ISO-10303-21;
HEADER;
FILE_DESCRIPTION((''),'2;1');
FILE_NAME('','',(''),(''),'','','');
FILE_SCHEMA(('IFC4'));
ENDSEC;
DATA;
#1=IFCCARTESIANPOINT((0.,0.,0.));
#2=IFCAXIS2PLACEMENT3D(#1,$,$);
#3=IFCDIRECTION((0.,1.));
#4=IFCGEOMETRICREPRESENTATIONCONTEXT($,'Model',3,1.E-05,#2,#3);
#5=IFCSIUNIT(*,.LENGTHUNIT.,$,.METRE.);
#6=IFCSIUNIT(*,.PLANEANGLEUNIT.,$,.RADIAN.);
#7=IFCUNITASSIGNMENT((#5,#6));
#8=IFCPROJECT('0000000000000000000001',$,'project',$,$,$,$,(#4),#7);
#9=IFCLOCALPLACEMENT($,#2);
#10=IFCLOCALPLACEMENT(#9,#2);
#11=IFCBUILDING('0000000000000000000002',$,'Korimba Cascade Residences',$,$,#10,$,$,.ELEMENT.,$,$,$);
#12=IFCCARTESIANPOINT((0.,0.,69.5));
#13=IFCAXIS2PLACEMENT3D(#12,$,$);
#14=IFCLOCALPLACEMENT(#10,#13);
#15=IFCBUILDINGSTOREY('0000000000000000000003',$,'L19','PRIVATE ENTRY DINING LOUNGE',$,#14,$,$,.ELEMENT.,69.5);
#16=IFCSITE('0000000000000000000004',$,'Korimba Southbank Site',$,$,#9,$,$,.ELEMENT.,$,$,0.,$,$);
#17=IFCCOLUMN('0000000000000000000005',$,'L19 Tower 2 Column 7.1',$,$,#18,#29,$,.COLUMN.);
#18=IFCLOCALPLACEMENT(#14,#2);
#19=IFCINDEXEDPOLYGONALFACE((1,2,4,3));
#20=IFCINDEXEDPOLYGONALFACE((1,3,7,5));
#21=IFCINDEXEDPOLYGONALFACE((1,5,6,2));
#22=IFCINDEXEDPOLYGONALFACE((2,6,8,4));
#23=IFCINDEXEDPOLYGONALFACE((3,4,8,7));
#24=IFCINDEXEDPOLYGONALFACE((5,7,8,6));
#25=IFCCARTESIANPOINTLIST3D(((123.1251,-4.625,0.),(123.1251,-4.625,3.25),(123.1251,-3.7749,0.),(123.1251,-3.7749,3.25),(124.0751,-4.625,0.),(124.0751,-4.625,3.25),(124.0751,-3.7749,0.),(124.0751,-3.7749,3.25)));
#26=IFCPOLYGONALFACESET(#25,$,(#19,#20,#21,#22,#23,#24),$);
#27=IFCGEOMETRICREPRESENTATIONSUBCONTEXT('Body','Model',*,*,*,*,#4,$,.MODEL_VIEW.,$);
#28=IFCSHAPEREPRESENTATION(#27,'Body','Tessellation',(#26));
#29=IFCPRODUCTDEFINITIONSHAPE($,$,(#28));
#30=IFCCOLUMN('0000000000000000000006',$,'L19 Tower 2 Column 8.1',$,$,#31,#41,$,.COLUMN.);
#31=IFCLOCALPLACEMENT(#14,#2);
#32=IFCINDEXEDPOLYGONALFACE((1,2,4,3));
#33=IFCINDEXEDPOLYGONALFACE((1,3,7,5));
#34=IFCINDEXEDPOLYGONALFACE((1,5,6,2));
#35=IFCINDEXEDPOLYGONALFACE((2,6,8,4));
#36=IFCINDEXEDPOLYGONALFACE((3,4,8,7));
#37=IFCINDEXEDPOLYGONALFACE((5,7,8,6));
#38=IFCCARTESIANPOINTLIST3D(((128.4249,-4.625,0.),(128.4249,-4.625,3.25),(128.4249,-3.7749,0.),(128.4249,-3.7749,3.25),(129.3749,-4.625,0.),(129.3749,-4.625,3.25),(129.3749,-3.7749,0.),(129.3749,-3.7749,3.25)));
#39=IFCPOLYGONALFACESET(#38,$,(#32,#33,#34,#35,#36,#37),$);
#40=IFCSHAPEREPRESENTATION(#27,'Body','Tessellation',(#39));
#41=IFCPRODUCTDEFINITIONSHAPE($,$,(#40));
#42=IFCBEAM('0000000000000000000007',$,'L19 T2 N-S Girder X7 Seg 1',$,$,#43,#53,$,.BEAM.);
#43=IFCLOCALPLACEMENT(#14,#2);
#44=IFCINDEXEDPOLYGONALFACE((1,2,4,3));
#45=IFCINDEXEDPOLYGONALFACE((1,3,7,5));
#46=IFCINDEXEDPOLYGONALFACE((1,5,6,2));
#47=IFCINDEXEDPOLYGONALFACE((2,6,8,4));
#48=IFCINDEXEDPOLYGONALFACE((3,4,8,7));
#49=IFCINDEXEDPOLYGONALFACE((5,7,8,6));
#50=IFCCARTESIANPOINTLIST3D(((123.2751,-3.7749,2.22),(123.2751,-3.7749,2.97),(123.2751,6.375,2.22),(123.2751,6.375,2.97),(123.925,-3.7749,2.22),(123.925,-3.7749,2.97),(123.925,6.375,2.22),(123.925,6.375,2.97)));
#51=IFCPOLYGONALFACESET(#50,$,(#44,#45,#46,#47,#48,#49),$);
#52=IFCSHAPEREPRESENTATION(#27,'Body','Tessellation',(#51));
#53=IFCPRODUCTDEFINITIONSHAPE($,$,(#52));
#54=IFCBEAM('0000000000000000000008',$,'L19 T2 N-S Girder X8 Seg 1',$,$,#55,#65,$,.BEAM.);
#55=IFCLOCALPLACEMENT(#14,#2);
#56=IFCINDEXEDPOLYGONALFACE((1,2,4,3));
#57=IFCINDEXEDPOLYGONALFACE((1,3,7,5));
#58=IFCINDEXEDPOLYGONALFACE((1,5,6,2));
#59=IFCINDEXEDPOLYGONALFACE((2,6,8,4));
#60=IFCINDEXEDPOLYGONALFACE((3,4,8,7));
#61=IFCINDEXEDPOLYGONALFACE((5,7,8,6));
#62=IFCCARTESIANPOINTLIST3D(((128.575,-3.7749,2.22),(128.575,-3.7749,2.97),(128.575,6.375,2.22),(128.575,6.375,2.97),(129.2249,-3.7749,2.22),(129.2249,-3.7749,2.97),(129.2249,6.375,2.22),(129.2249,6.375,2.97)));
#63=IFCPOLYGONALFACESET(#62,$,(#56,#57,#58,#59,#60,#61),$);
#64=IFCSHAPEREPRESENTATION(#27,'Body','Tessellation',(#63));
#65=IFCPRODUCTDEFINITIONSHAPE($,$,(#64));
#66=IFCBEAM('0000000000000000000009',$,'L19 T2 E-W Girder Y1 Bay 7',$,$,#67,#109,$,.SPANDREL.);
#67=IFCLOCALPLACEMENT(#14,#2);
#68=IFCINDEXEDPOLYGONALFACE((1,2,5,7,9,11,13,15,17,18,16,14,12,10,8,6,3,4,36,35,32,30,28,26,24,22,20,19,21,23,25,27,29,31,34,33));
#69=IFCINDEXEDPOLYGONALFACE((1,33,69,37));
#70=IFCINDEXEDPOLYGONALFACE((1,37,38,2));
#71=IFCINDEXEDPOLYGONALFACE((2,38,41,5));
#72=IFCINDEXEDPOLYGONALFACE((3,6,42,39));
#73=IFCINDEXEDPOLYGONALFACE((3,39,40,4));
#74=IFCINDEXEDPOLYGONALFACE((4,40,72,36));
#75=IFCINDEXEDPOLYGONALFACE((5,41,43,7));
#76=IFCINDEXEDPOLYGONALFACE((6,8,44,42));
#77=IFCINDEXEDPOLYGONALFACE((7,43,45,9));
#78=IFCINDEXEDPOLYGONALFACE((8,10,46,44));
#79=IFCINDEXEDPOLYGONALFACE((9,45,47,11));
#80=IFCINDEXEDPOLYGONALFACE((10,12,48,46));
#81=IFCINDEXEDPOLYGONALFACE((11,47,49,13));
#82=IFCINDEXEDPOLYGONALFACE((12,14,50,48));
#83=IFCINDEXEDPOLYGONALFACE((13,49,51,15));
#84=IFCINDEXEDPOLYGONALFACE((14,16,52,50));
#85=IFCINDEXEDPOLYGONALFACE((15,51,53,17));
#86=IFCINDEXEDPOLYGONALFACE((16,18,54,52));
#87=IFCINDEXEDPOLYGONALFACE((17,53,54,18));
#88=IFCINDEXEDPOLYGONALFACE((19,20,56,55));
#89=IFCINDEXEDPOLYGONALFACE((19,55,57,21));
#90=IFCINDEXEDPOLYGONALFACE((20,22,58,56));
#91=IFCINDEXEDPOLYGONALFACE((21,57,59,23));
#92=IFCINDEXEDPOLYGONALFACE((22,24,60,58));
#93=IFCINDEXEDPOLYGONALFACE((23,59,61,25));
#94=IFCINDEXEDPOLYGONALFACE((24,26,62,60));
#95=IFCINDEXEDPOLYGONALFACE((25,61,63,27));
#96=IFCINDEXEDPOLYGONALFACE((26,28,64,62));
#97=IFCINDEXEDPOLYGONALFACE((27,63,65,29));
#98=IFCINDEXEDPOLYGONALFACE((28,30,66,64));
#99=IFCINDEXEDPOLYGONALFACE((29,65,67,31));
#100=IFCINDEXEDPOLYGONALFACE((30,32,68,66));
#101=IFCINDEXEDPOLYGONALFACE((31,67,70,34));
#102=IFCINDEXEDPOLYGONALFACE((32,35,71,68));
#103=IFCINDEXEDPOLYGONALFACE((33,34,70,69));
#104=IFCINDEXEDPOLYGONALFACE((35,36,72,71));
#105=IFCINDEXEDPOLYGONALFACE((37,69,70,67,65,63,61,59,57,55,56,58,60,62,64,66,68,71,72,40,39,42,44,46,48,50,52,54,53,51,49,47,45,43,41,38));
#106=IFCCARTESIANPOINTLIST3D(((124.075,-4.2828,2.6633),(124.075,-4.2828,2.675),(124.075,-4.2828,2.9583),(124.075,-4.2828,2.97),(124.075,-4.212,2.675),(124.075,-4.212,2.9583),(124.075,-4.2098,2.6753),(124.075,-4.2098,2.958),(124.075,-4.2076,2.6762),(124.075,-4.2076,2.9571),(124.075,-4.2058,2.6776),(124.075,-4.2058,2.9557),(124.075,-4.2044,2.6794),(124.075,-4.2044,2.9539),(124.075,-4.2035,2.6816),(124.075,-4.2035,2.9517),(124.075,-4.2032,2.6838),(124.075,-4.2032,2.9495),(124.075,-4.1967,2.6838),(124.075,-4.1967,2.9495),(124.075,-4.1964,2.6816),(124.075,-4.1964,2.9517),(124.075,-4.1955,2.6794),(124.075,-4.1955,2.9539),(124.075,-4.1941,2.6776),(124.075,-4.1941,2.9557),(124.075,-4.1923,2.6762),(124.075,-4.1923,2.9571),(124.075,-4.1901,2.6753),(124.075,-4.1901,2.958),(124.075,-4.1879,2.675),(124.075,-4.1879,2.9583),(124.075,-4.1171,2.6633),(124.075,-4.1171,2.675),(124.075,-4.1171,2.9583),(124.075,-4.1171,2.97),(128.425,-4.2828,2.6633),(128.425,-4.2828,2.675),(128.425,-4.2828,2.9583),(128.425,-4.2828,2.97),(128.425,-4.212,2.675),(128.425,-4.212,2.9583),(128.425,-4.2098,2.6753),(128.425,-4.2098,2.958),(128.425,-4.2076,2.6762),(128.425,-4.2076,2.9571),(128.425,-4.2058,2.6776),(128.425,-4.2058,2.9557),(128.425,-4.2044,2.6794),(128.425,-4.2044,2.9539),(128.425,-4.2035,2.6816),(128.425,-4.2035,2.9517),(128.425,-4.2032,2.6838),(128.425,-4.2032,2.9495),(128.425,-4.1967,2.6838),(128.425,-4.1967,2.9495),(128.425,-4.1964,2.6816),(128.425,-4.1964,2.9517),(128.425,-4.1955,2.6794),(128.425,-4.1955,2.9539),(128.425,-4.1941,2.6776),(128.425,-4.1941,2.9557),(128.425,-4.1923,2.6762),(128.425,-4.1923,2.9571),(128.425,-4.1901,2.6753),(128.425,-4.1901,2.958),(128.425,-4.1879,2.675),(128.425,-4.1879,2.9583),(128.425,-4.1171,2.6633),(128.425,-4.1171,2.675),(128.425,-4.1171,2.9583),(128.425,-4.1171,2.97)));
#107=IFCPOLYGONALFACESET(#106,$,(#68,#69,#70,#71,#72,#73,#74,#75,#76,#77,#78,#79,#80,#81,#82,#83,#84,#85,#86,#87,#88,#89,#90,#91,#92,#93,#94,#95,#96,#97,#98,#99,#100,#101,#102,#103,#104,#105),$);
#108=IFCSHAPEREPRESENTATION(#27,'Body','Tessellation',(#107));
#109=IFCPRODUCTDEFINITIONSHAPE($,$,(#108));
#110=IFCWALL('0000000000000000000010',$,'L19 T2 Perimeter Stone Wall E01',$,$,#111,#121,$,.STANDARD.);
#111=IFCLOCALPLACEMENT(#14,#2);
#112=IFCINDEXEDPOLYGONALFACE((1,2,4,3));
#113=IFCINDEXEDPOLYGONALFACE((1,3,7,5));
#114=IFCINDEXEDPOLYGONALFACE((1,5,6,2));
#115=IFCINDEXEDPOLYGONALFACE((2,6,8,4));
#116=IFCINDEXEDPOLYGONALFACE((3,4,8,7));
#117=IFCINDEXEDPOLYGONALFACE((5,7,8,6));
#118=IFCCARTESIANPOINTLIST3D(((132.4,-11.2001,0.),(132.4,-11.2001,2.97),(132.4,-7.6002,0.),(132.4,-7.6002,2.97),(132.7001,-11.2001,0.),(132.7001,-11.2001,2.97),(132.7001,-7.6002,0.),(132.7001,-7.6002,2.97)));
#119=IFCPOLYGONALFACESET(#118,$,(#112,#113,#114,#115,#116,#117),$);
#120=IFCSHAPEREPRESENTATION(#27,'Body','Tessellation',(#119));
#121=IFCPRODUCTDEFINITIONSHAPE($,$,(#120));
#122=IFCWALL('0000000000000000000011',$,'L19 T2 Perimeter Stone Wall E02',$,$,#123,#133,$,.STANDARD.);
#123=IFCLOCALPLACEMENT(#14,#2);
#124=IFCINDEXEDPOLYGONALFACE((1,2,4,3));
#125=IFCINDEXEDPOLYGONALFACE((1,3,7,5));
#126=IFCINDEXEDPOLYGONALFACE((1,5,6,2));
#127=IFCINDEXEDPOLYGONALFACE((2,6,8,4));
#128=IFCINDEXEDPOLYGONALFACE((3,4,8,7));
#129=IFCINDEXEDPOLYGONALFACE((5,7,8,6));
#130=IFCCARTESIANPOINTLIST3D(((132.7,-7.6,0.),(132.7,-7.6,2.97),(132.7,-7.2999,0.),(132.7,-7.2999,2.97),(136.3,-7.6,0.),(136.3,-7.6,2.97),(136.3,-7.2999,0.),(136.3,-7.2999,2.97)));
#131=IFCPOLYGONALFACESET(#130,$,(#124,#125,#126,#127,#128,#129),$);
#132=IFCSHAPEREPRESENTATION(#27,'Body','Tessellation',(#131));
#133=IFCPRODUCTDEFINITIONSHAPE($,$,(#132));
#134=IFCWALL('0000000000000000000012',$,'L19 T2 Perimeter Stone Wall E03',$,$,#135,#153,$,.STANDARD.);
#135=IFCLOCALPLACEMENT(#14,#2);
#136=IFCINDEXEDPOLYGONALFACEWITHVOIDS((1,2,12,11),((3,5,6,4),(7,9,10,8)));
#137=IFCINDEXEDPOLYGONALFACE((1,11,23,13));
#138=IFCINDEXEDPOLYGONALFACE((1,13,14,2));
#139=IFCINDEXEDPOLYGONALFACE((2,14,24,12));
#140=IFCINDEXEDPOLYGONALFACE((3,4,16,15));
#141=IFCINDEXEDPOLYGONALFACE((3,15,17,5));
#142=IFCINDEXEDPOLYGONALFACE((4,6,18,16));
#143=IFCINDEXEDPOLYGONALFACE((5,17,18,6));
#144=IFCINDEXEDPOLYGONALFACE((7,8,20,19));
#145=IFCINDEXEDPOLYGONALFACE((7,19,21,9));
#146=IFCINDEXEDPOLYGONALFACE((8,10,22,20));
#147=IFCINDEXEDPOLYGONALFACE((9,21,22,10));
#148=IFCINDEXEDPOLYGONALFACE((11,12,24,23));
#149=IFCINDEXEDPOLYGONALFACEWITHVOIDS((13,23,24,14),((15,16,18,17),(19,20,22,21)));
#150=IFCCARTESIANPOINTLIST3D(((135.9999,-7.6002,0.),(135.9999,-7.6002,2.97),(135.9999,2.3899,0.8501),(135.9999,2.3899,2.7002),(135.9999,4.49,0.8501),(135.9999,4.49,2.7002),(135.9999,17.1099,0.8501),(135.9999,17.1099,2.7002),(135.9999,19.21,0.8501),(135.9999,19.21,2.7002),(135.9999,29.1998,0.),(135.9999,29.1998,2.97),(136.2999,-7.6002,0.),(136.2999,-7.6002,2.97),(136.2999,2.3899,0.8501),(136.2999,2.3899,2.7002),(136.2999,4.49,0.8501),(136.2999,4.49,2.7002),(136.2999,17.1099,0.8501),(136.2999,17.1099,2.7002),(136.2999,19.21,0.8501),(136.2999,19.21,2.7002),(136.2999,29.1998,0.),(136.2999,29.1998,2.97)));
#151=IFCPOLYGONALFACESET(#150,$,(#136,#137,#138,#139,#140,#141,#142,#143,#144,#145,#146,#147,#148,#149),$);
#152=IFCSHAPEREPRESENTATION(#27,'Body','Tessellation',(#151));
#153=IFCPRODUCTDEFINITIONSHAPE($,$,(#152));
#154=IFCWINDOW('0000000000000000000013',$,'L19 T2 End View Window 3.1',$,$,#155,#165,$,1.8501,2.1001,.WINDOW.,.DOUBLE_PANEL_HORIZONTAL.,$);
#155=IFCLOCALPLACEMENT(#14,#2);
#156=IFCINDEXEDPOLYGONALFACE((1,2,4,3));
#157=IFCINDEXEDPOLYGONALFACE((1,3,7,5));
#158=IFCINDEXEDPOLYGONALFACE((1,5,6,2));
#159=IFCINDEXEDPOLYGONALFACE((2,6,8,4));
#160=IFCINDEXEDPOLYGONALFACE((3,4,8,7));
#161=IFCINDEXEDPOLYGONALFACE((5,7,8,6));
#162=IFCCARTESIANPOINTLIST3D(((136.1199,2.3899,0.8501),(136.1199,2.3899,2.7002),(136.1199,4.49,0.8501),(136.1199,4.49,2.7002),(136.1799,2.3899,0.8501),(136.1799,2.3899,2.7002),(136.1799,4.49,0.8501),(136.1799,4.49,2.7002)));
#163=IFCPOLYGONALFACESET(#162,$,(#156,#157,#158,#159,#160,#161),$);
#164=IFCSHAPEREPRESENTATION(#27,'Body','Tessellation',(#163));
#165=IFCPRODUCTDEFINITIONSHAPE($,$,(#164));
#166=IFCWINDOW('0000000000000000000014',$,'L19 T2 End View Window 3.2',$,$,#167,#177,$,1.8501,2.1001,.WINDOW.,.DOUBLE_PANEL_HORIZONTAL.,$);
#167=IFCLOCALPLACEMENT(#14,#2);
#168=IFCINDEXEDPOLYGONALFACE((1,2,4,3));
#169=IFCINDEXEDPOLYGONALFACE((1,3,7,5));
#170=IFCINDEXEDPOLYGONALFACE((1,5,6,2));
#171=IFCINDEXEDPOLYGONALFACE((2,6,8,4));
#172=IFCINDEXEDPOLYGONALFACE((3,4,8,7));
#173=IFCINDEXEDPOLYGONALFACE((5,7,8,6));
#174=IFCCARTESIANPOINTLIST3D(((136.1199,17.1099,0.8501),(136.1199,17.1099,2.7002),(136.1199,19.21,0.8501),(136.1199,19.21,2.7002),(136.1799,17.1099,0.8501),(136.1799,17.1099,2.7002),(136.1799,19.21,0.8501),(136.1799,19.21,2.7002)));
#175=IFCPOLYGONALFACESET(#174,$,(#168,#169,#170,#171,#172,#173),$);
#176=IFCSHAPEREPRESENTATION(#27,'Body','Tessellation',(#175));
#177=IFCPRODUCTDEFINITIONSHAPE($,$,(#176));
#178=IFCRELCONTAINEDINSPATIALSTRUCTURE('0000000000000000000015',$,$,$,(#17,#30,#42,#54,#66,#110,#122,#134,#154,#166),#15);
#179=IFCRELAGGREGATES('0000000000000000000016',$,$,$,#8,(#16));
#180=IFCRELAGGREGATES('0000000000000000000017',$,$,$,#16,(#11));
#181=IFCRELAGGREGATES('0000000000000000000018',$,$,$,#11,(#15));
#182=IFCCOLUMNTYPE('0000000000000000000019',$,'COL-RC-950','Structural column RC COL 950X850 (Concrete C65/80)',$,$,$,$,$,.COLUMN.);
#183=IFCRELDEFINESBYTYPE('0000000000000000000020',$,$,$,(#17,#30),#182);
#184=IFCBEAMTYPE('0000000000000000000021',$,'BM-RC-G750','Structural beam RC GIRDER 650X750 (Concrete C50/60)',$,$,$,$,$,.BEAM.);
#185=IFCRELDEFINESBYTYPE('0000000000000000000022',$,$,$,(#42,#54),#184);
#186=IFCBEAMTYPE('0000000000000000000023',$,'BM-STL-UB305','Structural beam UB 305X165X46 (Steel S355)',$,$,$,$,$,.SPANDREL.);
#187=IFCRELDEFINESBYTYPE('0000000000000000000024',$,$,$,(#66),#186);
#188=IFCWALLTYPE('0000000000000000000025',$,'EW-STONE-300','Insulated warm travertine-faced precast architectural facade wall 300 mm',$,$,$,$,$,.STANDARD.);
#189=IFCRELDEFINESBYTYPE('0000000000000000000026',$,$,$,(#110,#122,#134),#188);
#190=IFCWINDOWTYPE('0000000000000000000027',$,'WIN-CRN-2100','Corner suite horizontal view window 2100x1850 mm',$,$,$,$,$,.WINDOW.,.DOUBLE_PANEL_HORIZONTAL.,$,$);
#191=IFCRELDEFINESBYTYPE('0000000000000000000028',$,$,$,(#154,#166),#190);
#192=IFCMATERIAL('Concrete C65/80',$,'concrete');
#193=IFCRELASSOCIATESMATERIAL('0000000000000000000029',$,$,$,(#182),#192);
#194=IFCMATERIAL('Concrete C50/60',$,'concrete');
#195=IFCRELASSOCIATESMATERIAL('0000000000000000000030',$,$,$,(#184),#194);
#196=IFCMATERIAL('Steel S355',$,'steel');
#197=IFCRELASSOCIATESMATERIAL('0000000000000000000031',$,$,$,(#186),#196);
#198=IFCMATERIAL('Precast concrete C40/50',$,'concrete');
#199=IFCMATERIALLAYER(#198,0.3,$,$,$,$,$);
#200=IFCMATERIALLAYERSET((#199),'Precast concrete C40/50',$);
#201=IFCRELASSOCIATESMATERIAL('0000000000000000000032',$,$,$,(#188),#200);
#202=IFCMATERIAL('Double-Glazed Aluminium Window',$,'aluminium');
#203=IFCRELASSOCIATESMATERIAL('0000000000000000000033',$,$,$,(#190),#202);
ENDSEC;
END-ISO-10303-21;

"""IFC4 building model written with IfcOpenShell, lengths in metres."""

from ifc_helpers import new_model, si_unit, direction, frame, frame_2d, origin, origin_2d, place, context, subcontext, project, spatial, rectangle, i_section, extrude, material, layer, layer_set, material_profile, profile_set, type_object, element, fill, save


model = new_model("IFC4")

# Units and contexts
model_context = context("Model", 3, precision=1e-05, world=origin(), true_north=direction((0.0, 1.0)))
body_context = subcontext(model_context, "Body", "Model", "MODEL_VIEW")
ifc_project = project(units=[si_unit("LENGTHUNIT", "METRE"), si_unit("PLANEANGLEUNIT", "RADIAN")], contexts=[model_context])

# Site, building, storey
site_placement = place(None, origin())
site = spatial("IfcSite", under=ifc_project, at=site_placement, Name="Korimba Southbank Site", CompositionType="ELEMENT", RefElevation=0.0)
building_placement = place(site_placement, origin())
building = spatial("IfcBuilding", under=site, at=building_placement, Name="Korimba Cascade Residences", CompositionType="ELEMENT")
storey_placement = place(building_placement, frame((0.0, 0.0, 69.5)))
storey = spatial("IfcBuildingStorey", under=building, at=storey_placement, Name="L19", Description="PRIVATE ENTRY DINING LOUNGE", CompositionType="ELEMENT", Elevation=69.5)

# Columns
ifc_material_1 = material(Name="Concrete C65/80", Category="concrete")
ifc_material_profile_1 = material_profile(ifc_material_1, rectangle(XDim=0.95, YDim=0.8501, at=origin_2d()), Name="Concrete C65/80")
ifc_profile_set_1 = profile_set([ifc_material_profile_1], Name="Concrete C65/80")
column_type = type_object("IfcColumnType", Name="COL-RC-950", Description="Structural column RC COL 950X850 (Concrete C65/80)", PredefinedType="COLUMN", material=ifc_profile_set_1)
for number, where, z_axis, x_axis, name in (
    (1, (123.6001, -4.2, 0.0), (0.0, 0.0, 1.0), (1.0, 0.0, 0.0), "L19 Tower 2 Column 7.1"),
    (2, (128.8999, -4.2, 0.0), (0.0, 0.0, 1.0), (1.0, 0.0, 0.0), "L19 Tower 2 Column 8.1"),
):
    element("IfcColumn", number, at=place(storey_placement, frame(where, z_axis=z_axis, x_axis=x_axis)), inside=storey, type_object=column_type, Name=name, PredefinedType="COLUMN", context=body_context, shape_type="SweptSolid", body=[
        extrude(rectangle(XDim=0.95, YDim=0.8501, at=origin_2d()), origin(), (0.0, 0.0, 1.0), 3.25),
    ])

# Beams
ifc_material_2 = material(Name="Concrete C50/60", Category="concrete")
ifc_material_profile_2 = material_profile(ifc_material_2, rectangle(XDim=0.6499, YDim=0.75, at=origin_2d()), Name="Concrete C50/60")
ifc_profile_set_2 = profile_set([ifc_material_profile_2], Name="Concrete C50/60")
beam_type_1 = type_object("IfcBeamType", Name="BM-RC-G750", Description="Structural beam RC GIRDER 650X750 (Concrete C50/60)", PredefinedType="BEAM", material=ifc_profile_set_2)
for number, where, z_axis, x_axis, name in (
    (3, (123.6001, -3.7749, 2.595), (0.0, 1.0, 0.0), (-1.0, 0.0, 0.0), "L19 T2 N-S Girder X7 Seg 1"),
    (4, (128.8999, -3.7749, 2.595), (0.0, 1.0, 0.0), (-1.0, 0.0, 0.0), "L19 T2 N-S Girder X8 Seg 1"),
):
    element("IfcBeam", number, at=place(storey_placement, frame(where, z_axis=z_axis, x_axis=x_axis)), inside=storey, type_object=beam_type_1, Name=name, PredefinedType="BEAM", context=body_context, shape_type="SweptSolid", body=[
        extrude(rectangle(XDim=0.6499, YDim=0.75, at=origin_2d()), origin(), (0.0, 0.0, 1.0), 10.1499),
    ])
ifc_material_3 = material(Name="Steel S355", Category="steel")
ifc_material_profile_3 = material_profile(ifc_material_3, i_section(OverallWidth=0.1658, OverallDepth=0.3066, WebThickness=0.0066, FlangeThickness=0.0117, FilletRadius=0.0088, at=origin_2d()), Name="Steel S355")
ifc_profile_set_3 = profile_set([ifc_material_profile_3], Name="Steel S355")
beam_type_2 = type_object("IfcBeamType", Name="BM-STL-UB305", Description="Structural beam UB 305X165X46 (Steel S355)", PredefinedType="SPANDREL", material=ifc_profile_set_3)
beam_placement = place(storey_placement, frame((124.075, -4.2, 2.8167), z_axis=(1.0, 0.0, 0.0), x_axis=(0.0, 1.0, 0.0)))
element("IfcBeam", 5, at=beam_placement, inside=storey, type_object=beam_type_2, Name="L19 T2 E-W Girder Y1 Bay 7", PredefinedType="SPANDREL", context=body_context, shape_type="SweptSolid", body=[
    extrude(i_section(OverallWidth=0.1658, OverallDepth=0.3066, WebThickness=0.0066, FlangeThickness=0.0117, FilletRadius=0.0088, at=origin_2d()), origin(), (0.0, 0.0, 1.0), 4.3501),
])

# Walls
ifc_material_4 = material(Name="Precast concrete C40/50", Category="concrete")
ifc_layer_1 = layer(ifc_material_4, 0.3)
ifc_layer_set_1 = layer_set([ifc_layer_1], Name="Precast concrete C40/50")
wall_type_1 = type_object("IfcWallType", Name="EW-STONE-300", Description="Insulated warm travertine-faced precast architectural facade wall 300 mm", PredefinedType="STANDARD", material=ifc_layer_set_1)
wall_1_placement = place(storey_placement, frame((132.55, -11.2, 0.0), z_axis=(0.0, 0.0, 1.0), x_axis=(0.0, 1.0, 0.0)))
element("IfcWall", 6, at=wall_1_placement, inside=storey, type_object=wall_type_1, Name="L19 T2 Perimeter Stone Wall E01", PredefinedType="STANDARD", context=body_context, shape_type="SweptSolid", body=[
    extrude(rectangle(XDim=3.5999, YDim=0.3, at=frame_2d((1.7998, 0.0))), origin(), (0.0, 0.0, 1.0), 2.97),
])
wall_2_placement = place(storey_placement, frame((132.7, -7.45, 0.0), z_axis=(0.0, 0.0, 1.0), x_axis=(1.0, 0.0, 0.0)))
element("IfcWall", 7, at=wall_2_placement, inside=storey, type_object=wall_type_1, Name="L19 T2 Perimeter Stone Wall E02", PredefinedType="STANDARD", context=body_context, shape_type="SweptSolid", body=[
    extrude(rectangle(XDim=3.6001, YDim=0.3, at=frame_2d((1.8, 0.0))), origin(), (0.0, 0.0, 1.0), 2.97),
])

# Wall, openings, windows
wall_3_placement = place(storey_placement, frame((136.1499, -7.6001, 0.0), z_axis=(0.0, 0.0, 1.0), x_axis=(0.0, 1.0, 0.0)))
wall_3 = element("IfcWall", 8, at=wall_3_placement, inside=storey, type_object=wall_type_1, Name="L19 T2 Perimeter Stone Wall E03", PredefinedType="STANDARD", context=body_context, shape_type="SweptSolid", body=[
    extrude(rectangle(XDim=36.8, YDim=0.3, at=frame_2d((18.3999, 0.0))), origin(), (0.0, 0.0, 1.0), 2.97),
])
opening_1_placement = place(wall_3_placement, frame((9.99, 0.0, 0.8501)))
opening_1 = element("IfcOpeningElement", 9, at=opening_1_placement, cuts=wall_3, PredefinedType="OPENING", context=body_context, shape_type="SweptSolid", body=[
    extrude(rectangle(XDim=2.1001, YDim=1.8501, at=frame_2d((1.05, 0.925))), frame((0.0, 0.1602, 0.0), z_axis=(0.0, -1.0, 0.0), x_axis=(1.0, 0.0, 0.0)), (0.0, 0.0, 1.0), 0.3201),
])
opening_2_placement = place(wall_3_placement, frame((24.71, 0.0, 0.8501)))
opening_2 = element("IfcOpeningElement", 10, at=opening_2_placement, cuts=wall_3, PredefinedType="OPENING", context=body_context, shape_type="SweptSolid", body=[
    extrude(rectangle(XDim=2.1001, YDim=1.8501, at=frame_2d((1.05, 0.925))), frame((0.0, 0.1602, 0.0), z_axis=(0.0, -1.0, 0.0), x_axis=(1.0, 0.0, 0.0)), (0.0, 0.0, 1.0), 0.3201),
])
ifc_material_5 = material(Name="Double-Glazed Aluminium Window", Category="aluminium")
window_type = type_object("IfcWindowType", Name="WIN-CRN-2100", Description="Corner suite horizontal view window 2100x1850 mm", PartitioningType="DOUBLE_PANEL_HORIZONTAL", PredefinedType="WINDOW", material=ifc_material_5)
window_1_placement = place(opening_1_placement, origin())
window_1 = element("IfcWindow", 11, at=window_1_placement, inside=storey, type_object=window_type, Name="L19 T2 End View Window 3.1", OverallHeight=1.8501, OverallWidth=2.1001, PartitioningType="DOUBLE_PANEL_HORIZONTAL", PredefinedType="WINDOW", context=body_context, shape_type="SweptSolid", body=[
    extrude(rectangle(XDim=2.1001, YDim=1.8501, at=frame_2d((1.05, 0.925))), frame((0.0, 0.03, 0.0), z_axis=(0.0, -1.0, 0.0), x_axis=(1.0, 0.0, 0.0)), (0.0, 0.0, 1.0), 0.0601),
])
fill(opening_1, window_1)
window_2_placement = place(opening_2_placement, origin())
window_2 = element("IfcWindow", 12, at=window_2_placement, inside=storey, type_object=window_type, Name="L19 T2 End View Window 3.2", OverallHeight=1.8501, OverallWidth=2.1001, PartitioningType="DOUBLE_PANEL_HORIZONTAL", PredefinedType="WINDOW", context=body_context, shape_type="SweptSolid", body=[
    extrude(rectangle(XDim=2.1001, YDim=1.8501, at=frame_2d((1.05, 0.925))), frame((0.0, 0.03, 0.0), z_axis=(0.0, -1.0, 0.0), x_axis=(1.0, 0.0, 0.0)), (0.0, 0.0, 1.0), 0.0601),
])
fill(opening_2, window_2)

save(model, "model.ifc")
